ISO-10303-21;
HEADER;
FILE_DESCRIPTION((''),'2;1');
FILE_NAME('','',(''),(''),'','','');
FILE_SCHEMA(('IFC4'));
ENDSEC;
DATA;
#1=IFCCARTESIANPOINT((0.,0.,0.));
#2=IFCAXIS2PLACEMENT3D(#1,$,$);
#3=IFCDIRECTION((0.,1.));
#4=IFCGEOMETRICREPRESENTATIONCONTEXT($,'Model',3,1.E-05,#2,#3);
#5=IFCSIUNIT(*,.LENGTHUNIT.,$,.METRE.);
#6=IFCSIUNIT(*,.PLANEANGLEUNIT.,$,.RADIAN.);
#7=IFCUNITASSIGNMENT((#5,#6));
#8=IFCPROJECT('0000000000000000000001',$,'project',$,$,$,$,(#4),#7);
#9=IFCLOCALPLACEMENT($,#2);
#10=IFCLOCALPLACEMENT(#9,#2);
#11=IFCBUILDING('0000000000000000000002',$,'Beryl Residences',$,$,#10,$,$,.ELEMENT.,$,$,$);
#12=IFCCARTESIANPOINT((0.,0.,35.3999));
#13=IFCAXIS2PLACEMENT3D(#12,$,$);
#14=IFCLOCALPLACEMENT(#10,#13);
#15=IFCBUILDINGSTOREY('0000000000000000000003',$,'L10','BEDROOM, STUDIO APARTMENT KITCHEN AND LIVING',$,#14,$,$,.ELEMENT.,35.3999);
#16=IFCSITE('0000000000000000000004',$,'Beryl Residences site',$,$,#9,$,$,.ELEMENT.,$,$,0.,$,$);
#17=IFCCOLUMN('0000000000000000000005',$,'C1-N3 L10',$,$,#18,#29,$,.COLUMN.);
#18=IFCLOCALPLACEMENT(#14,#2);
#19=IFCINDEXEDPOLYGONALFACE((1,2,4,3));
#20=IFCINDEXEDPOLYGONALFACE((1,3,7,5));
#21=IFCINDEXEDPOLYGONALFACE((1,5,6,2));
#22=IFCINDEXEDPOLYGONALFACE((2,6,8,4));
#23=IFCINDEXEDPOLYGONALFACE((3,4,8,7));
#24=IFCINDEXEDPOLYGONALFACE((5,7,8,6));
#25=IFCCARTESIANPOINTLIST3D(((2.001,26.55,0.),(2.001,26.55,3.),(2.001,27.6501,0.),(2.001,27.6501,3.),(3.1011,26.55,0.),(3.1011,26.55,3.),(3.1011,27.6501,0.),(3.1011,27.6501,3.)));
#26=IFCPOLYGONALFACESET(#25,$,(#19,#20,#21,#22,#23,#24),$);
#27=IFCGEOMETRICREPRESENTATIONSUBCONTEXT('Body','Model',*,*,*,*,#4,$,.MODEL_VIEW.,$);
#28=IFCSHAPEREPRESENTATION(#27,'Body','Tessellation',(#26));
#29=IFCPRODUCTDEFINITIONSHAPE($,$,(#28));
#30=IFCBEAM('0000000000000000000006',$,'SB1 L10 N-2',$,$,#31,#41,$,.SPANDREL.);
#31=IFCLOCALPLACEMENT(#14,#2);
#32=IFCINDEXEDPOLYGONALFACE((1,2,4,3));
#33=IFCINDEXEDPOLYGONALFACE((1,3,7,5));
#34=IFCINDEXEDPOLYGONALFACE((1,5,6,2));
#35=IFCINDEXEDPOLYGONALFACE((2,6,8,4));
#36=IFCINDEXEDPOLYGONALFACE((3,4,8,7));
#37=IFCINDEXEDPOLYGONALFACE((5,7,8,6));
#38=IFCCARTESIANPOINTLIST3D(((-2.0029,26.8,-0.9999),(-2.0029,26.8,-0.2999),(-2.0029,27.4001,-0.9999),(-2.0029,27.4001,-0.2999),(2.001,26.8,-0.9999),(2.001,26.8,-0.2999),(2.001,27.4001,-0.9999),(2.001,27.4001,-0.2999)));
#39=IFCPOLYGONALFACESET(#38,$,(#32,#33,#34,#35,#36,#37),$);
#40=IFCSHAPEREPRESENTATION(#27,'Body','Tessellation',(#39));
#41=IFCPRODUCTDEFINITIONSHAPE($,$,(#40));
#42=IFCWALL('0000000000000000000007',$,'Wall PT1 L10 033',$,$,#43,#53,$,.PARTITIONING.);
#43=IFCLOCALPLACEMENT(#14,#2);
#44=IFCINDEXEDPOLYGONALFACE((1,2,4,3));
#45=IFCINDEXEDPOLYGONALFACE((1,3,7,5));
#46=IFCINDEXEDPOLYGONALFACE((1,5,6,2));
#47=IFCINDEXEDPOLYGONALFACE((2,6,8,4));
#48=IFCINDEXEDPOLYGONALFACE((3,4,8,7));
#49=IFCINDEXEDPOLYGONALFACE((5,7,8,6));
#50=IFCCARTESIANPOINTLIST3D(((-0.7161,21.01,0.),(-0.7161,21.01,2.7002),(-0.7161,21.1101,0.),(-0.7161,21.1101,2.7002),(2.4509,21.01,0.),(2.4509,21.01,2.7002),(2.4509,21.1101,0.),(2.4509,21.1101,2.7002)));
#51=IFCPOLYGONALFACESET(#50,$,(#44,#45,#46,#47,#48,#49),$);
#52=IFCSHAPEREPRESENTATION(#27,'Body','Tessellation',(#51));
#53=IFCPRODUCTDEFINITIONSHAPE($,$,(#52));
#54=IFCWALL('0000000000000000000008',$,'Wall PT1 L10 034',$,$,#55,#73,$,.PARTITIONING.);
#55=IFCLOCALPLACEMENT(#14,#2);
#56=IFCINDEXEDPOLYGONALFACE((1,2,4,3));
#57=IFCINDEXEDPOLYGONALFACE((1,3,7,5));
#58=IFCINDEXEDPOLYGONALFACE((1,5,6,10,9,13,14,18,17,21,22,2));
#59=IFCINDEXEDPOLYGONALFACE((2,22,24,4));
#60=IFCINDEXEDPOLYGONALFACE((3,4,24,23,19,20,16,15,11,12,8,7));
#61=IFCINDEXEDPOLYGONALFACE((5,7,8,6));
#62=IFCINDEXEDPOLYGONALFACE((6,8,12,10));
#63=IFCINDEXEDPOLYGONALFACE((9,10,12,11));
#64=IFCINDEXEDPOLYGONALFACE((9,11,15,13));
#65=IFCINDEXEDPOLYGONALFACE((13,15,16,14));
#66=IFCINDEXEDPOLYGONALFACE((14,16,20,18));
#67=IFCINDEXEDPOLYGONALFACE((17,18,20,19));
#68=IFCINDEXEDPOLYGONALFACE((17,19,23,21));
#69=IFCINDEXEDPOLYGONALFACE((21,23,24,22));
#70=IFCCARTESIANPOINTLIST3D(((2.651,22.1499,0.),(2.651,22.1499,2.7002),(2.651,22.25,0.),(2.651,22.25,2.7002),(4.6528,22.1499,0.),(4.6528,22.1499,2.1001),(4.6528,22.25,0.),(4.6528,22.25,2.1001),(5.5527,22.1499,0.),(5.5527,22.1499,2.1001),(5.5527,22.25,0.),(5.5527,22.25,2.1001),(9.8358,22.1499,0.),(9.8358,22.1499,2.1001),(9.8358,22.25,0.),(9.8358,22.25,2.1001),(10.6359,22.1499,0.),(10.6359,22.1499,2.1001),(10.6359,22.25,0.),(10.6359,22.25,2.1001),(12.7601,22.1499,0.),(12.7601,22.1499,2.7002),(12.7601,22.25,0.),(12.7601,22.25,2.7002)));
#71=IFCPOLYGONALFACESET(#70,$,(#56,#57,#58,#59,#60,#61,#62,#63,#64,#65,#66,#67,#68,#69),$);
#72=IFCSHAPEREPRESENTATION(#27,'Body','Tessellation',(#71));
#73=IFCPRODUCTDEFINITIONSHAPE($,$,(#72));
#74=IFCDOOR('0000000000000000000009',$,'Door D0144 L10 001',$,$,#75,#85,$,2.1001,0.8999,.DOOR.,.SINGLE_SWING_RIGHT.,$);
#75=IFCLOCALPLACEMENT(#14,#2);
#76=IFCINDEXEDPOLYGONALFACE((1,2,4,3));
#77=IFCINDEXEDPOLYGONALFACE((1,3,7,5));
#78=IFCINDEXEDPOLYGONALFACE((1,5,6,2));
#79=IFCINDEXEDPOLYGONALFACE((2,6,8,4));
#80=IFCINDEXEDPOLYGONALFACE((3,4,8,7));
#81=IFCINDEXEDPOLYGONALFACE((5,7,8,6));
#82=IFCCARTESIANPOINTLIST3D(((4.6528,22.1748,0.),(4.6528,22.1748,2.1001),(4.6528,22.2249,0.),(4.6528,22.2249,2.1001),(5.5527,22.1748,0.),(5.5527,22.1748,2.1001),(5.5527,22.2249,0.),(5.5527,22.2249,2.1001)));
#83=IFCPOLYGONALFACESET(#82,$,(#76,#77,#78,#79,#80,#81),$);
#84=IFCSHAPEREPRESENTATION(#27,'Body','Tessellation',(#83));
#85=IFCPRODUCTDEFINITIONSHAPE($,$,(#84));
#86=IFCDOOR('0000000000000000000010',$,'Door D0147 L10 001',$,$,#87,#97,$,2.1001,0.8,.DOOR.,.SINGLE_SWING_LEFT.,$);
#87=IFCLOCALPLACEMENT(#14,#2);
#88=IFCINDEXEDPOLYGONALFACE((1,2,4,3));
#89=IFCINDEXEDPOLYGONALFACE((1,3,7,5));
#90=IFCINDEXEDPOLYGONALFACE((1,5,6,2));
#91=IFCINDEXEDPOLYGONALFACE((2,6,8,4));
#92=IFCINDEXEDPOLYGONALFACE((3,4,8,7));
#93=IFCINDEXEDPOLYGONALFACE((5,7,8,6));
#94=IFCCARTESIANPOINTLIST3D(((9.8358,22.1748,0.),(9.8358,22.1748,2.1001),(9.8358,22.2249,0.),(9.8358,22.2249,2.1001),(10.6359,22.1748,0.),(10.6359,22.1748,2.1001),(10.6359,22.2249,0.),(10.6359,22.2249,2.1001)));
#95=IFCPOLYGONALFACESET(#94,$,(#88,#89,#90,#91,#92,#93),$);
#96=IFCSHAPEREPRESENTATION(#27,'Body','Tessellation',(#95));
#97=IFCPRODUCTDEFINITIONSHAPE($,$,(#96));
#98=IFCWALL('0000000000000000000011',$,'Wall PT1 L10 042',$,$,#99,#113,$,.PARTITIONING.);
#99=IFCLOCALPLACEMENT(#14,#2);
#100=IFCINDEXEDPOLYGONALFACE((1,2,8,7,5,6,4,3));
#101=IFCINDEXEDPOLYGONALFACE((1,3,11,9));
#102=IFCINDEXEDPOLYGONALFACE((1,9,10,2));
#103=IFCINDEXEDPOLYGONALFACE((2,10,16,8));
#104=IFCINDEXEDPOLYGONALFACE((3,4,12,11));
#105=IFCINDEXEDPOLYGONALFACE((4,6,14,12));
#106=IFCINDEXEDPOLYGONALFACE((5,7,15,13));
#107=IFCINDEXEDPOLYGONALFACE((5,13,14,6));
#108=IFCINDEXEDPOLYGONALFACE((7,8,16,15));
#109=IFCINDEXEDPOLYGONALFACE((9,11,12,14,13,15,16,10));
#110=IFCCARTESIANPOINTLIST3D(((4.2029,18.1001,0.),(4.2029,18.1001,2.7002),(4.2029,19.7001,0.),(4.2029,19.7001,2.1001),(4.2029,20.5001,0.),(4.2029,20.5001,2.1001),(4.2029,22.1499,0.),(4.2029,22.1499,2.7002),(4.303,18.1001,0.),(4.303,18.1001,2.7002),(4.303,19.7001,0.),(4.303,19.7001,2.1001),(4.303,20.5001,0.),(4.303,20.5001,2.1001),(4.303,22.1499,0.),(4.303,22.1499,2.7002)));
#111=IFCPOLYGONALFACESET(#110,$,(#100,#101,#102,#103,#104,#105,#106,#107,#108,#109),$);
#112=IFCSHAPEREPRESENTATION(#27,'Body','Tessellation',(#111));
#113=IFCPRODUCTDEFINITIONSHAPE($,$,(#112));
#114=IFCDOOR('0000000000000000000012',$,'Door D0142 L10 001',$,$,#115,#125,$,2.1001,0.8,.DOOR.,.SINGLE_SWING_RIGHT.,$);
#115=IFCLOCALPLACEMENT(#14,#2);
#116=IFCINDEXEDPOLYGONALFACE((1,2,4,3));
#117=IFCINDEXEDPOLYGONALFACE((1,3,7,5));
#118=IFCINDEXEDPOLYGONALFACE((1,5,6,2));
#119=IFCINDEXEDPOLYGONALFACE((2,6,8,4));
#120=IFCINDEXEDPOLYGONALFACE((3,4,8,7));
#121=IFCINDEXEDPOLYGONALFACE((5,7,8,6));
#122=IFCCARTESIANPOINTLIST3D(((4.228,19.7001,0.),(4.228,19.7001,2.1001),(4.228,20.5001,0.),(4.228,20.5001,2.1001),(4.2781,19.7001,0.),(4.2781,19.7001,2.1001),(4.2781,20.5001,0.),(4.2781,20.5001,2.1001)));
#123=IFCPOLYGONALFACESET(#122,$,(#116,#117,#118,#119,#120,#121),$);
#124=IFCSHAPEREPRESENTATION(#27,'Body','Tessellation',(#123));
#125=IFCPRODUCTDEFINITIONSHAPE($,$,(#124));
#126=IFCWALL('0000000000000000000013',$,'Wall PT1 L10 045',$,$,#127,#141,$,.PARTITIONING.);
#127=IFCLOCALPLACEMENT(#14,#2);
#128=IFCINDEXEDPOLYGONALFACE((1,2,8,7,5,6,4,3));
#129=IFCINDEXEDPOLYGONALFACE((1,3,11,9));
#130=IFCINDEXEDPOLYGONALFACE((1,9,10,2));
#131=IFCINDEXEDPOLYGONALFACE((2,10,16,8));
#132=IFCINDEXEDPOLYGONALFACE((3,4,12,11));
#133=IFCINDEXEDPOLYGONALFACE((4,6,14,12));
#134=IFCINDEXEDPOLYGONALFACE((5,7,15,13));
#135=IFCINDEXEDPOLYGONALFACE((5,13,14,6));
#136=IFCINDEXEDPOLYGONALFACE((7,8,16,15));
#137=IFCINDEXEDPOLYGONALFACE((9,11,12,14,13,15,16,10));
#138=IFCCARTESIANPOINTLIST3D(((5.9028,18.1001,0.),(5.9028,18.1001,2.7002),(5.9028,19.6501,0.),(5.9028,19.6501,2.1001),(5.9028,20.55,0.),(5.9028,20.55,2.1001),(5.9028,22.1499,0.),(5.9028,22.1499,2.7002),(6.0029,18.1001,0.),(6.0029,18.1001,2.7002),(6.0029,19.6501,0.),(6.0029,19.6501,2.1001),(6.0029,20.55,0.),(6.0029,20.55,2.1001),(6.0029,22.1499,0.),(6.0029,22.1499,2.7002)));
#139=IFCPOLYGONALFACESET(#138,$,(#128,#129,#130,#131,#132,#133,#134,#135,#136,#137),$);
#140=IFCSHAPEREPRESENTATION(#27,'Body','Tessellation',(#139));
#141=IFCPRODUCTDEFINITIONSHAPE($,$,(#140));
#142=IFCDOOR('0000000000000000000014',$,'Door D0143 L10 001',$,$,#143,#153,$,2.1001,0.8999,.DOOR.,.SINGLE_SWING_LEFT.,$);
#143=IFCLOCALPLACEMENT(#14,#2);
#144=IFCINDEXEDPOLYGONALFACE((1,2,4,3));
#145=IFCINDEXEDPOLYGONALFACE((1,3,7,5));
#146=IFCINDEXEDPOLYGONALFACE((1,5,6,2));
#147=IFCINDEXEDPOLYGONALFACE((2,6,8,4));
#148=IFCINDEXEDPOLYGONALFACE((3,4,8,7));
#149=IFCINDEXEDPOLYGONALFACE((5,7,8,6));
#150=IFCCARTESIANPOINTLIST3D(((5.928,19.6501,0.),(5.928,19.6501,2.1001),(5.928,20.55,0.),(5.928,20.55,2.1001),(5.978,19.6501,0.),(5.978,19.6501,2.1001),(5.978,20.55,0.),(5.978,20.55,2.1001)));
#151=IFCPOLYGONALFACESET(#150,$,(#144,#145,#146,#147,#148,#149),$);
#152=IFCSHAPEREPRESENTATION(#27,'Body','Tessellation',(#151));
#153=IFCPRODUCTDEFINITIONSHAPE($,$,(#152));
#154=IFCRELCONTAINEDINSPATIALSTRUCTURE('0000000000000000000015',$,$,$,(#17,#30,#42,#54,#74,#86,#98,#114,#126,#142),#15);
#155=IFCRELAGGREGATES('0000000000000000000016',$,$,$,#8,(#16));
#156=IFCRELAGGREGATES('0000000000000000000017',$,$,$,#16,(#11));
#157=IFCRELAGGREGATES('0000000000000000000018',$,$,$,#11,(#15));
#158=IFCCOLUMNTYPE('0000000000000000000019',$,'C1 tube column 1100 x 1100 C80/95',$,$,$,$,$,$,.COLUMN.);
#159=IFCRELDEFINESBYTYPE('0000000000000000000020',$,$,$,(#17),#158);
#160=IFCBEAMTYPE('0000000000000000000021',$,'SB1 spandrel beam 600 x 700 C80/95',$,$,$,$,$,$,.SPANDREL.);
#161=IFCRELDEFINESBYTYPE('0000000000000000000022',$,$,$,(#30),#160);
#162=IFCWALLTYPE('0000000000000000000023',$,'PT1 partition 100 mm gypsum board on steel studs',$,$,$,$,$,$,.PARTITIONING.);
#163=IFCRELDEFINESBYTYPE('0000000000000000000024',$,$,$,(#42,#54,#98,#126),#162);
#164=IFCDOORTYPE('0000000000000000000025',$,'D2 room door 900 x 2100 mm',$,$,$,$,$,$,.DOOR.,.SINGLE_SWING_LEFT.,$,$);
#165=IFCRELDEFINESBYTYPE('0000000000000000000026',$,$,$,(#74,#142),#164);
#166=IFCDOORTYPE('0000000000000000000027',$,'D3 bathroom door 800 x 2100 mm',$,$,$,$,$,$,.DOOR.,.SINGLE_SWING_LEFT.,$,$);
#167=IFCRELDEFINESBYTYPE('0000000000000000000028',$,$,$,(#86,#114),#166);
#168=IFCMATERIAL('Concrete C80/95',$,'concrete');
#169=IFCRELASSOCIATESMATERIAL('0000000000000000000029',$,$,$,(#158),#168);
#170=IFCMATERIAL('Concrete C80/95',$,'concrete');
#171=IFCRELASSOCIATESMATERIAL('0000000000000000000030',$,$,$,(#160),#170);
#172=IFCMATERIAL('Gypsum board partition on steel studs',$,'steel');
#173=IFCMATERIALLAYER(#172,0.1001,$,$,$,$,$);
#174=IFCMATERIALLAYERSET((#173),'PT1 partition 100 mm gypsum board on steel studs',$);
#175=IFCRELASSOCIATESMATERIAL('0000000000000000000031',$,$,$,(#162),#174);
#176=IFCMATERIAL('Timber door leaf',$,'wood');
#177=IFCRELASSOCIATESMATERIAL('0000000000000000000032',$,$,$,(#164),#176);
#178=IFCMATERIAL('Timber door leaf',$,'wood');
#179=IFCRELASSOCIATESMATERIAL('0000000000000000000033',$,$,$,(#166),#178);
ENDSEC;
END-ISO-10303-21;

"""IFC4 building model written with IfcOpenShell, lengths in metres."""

from ifc_helpers import new_model, si_unit, direction, frame, frame_2d, origin, origin_2d, place, context, subcontext, project, spatial, rectangle, extrude, material, layer, layer_set, material_profile, profile_set, type_object, element, fill, save


model = new_model("IFC4")

# Units and contexts
model_context = context("Model", 3, precision=1e-05, world=origin(), true_north=direction((0.0, 1.0)))
body_context = subcontext(model_context, "Body", "Model", "MODEL_VIEW")
ifc_project = project(units=[si_unit("LENGTHUNIT", "METRE"), si_unit("PLANEANGLEUNIT", "RADIAN")], contexts=[model_context])

# Site, building, storey
site_placement = place(None, origin())
site = spatial("IfcSite", under=ifc_project, at=site_placement, Name="Beryl Residences site", CompositionType="ELEMENT", RefElevation=0.0)
building_placement = place(site_placement, origin())
building = spatial("IfcBuilding", under=site, at=building_placement, Name="Beryl Residences", CompositionType="ELEMENT")
storey_placement = place(building_placement, frame((0.0, 0.0, 35.3999)))
storey = spatial("IfcBuildingStorey", under=building, at=storey_placement, Name="L10", Description="BEDROOM, STUDIO APARTMENT KITCHEN AND LIVING", CompositionType="ELEMENT", Elevation=35.3999)

# Column
ifc_material_1 = material(Name="Concrete C80/95", Category="concrete")
ifc_material_profile_1 = material_profile(ifc_material_1, rectangle(XDim=1.1001, YDim=1.1001, at=origin_2d()))
ifc_profile_set_1 = profile_set([ifc_material_profile_1], Name="Concrete C80/95")
column_type = type_object("IfcColumnType", Name="C1 tube column 1100 x 1100 C80/95", PredefinedType="COLUMN", material=ifc_profile_set_1)
column_placement = place(storey_placement, frame((2.551, 27.1001, 0.0), z_axis=(0.0, 0.0, 1.0), x_axis=(-1.0, 0.0, 0.0)))
element("IfcColumn", 1, at=column_placement, inside=storey, type_object=column_type, Name="C1-N3 L10", PredefinedType="COLUMN", context=body_context, shape_type="SweptSolid", body=[
    extrude(rectangle(XDim=1.1001, YDim=1.1001, at=origin_2d()), origin(), (0.0, 0.0, 1.0), 3.0),
])

# Beam
ifc_material_2 = material(Name="Concrete C80/95", Category="concrete")
ifc_material_profile_2 = material_profile(ifc_material_2, rectangle(XDim=0.6001, YDim=0.7, at=origin_2d()))
ifc_profile_set_2 = profile_set([ifc_material_profile_2], Name="Concrete C80/95")
beam_type = type_object("IfcBeamType", Name="SB1 spandrel beam 600 x 700 C80/95", PredefinedType="SPANDREL", material=ifc_profile_set_2)
beam_placement = place(storey_placement, frame((2.001, 27.1001, -0.6499), z_axis=(-1.0, 0.0, 0.0), x_axis=(0.0, -1.0, 0.0)))
element("IfcBeam", 2, at=beam_placement, inside=storey, type_object=beam_type, Name="SB1 L10 N-2", PredefinedType="SPANDREL", context=body_context, shape_type="SweptSolid", body=[
    extrude(rectangle(XDim=0.6001, YDim=0.7, at=origin_2d()), origin(), (0.0, 0.0, 1.0), 4.0039),
])

# Wall
ifc_material_3 = material(Name="Gypsum board partition on steel studs", Category="steel")
ifc_layer_1 = layer(ifc_material_3, 0.1001)
ifc_layer_set_1 = layer_set([ifc_layer_1], Name="PT1 partition 100 mm gypsum board on steel studs")
wall_type_1 = type_object("IfcWallType", Name="PT1 partition 100 mm gypsum board on steel studs", PredefinedType="PARTITIONING", material=ifc_layer_set_1)
wall_1_placement = place(storey_placement, frame((-0.7161, 21.0601, 0.0), z_axis=(0.0, 0.0, 1.0), x_axis=(1.0, 0.0, 0.0)))
element("IfcWall", 3, at=wall_1_placement, inside=storey, type_object=wall_type_1, Name="Wall PT1 L10 033", PredefinedType="PARTITIONING", context=body_context, shape_type="SweptSolid", body=[
    extrude(rectangle(XDim=3.167, YDim=0.1001, at=frame_2d((1.5835, 0.0))), origin(), (0.0, 0.0, 1.0), 2.7002),
])

# Wall, openings, doors
wall_2_placement = place(storey_placement, frame((2.6509, 22.2, 0.0), z_axis=(0.0, 0.0, 1.0), x_axis=(1.0, 0.0, 0.0)))
wall_2 = element("IfcWall", 4, at=wall_2_placement, inside=storey, type_object=wall_type_1, Name="Wall PT1 L10 034", PredefinedType="PARTITIONING", context=body_context, shape_type="SweptSolid", body=[
    extrude(rectangle(XDim=10.1091, YDim=0.1001, at=frame_2d((5.0547, 0.0))), origin(), (0.0, 0.0, 1.0), 2.7002),
])
opening_1_placement = place(wall_2_placement, frame((2.002, 0.0, 0.0)))
opening_1 = element("IfcOpeningElement", 5, at=opening_1_placement, cuts=wall_2, PredefinedType="OPENING", context=body_context, shape_type="SweptSolid", body=[
    extrude(rectangle(XDim=0.8999, YDim=2.1001, at=frame_2d((0.45, 1.05))), frame((0.0, 0.0601, 0.0), z_axis=(0.0, -1.0, 0.0), x_axis=(1.0, 0.0, 0.0)), (0.0, 0.0, 1.0), 0.1201),
])
opening_2_placement = place(wall_2_placement, frame((7.1851, 0.0, 0.0)))
opening_2 = element("IfcOpeningElement", 6, at=opening_2_placement, cuts=wall_2, PredefinedType="OPENING", context=body_context, shape_type="SweptSolid", body=[
    extrude(rectangle(XDim=0.8, YDim=2.1001, at=frame_2d((0.3999, 1.05))), frame((0.0, 0.0601, 0.0), z_axis=(0.0, -1.0, 0.0), x_axis=(1.0, 0.0, 0.0)), (0.0, 0.0, 1.0), 0.1201),
])
ifc_material_4 = material(Name="Timber door leaf", Category="wood")
door_type_1 = type_object("IfcDoorType", Name="D2 room door 900 x 2100 mm", OperationType="SINGLE_SWING_LEFT", PredefinedType="DOOR", material=ifc_material_4)
door_1_placement = place(opening_1_placement, origin())
door_1 = element("IfcDoor", 7, at=door_1_placement, inside=storey, type_object=door_type_1, Name="Door D0144 L10 001", OperationType="SINGLE_SWING_RIGHT", OverallHeight=2.1001, OverallWidth=0.8999, PredefinedType="DOOR", context=body_context, shape_type="SweptSolid", body=[
    extrude(rectangle(XDim=0.8999, YDim=2.1001, at=frame_2d((0.45, 1.05))), frame((0.0, 0.0249, 0.0), z_axis=(0.0, -1.0, 0.0), x_axis=(1.0, 0.0, 0.0)), (0.0, 0.0, 1.0), 0.05),
])
fill(opening_1, door_1)
ifc_material_5 = material(Name="Timber door leaf", Category="wood")
door_type_2 = type_object("IfcDoorType", Name="D3 bathroom door 800 x 2100 mm", OperationType="SINGLE_SWING_LEFT", PredefinedType="DOOR", material=ifc_material_5)
door_2_placement = place(opening_2_placement, origin())
door_2 = element("IfcDoor", 8, at=door_2_placement, inside=storey, type_object=door_type_2, Name="Door D0147 L10 001", OperationType="SINGLE_SWING_LEFT", OverallHeight=2.1001, OverallWidth=0.8, PredefinedType="DOOR", context=body_context, shape_type="SweptSolid", body=[
    extrude(rectangle(XDim=0.8, YDim=2.1001, at=frame_2d((0.3999, 1.05))), frame((0.0, 0.0249, 0.0), z_axis=(0.0, -1.0, 0.0), x_axis=(1.0, 0.0, 0.0)), (0.0, 0.0, 1.0), 0.05),
])
fill(opening_2, door_2)

# Walls, openings, doors
wall_3_placement = place(storey_placement, frame((4.2529, 18.1001, 0.0), z_axis=(0.0, 0.0, 1.0), x_axis=(0.0, 1.0, 0.0)))
wall_3 = element("IfcWall", 9, at=wall_3_placement, inside=storey, type_object=wall_type_1, Name="Wall PT1 L10 042", PredefinedType="PARTITIONING", context=body_context, shape_type="SweptSolid", body=[
    extrude(rectangle(XDim=4.0498, YDim=0.1001, at=frame_2d((2.0249, 0.0))), origin(), (0.0, 0.0, 1.0), 2.7002),
])
opening_3_placement = place(wall_3_placement, frame((1.6001, 0.0, 0.0)))
opening_3 = element("IfcOpeningElement", 10, at=opening_3_placement, cuts=wall_3, PredefinedType="OPENING", context=body_context, shape_type="SweptSolid", body=[
    extrude(rectangle(XDim=0.8, YDim=2.1001, at=frame_2d((0.3999, 1.05))), frame((0.0, 0.0601, 0.0), z_axis=(0.0, -1.0, 0.0), x_axis=(1.0, 0.0, 0.0)), (0.0, 0.0, 1.0), 0.1201),
])
door_3_placement = place(opening_3_placement, origin())
door_3 = element("IfcDoor", 11, at=door_3_placement, inside=storey, type_object=door_type_2, Name="Door D0142 L10 001", OperationType="SINGLE_SWING_RIGHT", OverallHeight=2.1001, OverallWidth=0.8, PredefinedType="DOOR", context=body_context, shape_type="SweptSolid", body=[
    extrude(rectangle(XDim=0.8, YDim=2.1001, at=frame_2d((0.3999, 1.05))), frame((0.0, 0.0249, 0.0), z_axis=(0.0, -1.0, 0.0), x_axis=(1.0, 0.0, 0.0)), (0.0, 0.0, 1.0), 0.05),
])
fill(opening_3, door_3)
wall_4_placement = place(storey_placement, frame((5.9529, 18.1001, 0.0), z_axis=(0.0, 0.0, 1.0), x_axis=(0.0, 1.0, 0.0)))
wall_4 = element("IfcWall", 12, at=wall_4_placement, inside=storey, type_object=wall_type_1, Name="Wall PT1 L10 045", PredefinedType="PARTITIONING", context=body_context, shape_type="SweptSolid", body=[
    extrude(rectangle(XDim=4.0498, YDim=0.1001, at=frame_2d((2.0249, 0.0))), origin(), (0.0, 0.0, 1.0), 2.7002),
])
opening_4_placement = place(wall_4_placement, frame((1.55, 0.0, 0.0)))
opening_4 = element("IfcOpeningElement", 13, at=opening_4_placement, cuts=wall_4, PredefinedType="OPENING", context=body_context, shape_type="SweptSolid", body=[
    extrude(rectangle(XDim=0.8999, YDim=2.1001, at=frame_2d((0.45, 1.05))), frame((0.0, 0.0601, 0.0), z_axis=(0.0, -1.0, 0.0), x_axis=(1.0, 0.0, 0.0)), (0.0, 0.0, 1.0), 0.1201),
])
door_4_placement = place(opening_4_placement, origin())
door_4 = element("IfcDoor", 14, at=door_4_placement, inside=storey, type_object=door_type_1, Name="Door D0143 L10 001", OperationType="SINGLE_SWING_LEFT", OverallHeight=2.1001, OverallWidth=0.8999, PredefinedType="DOOR", context=body_context, shape_type="SweptSolid", body=[
    extrude(rectangle(XDim=0.8999, YDim=2.1001, at=frame_2d((0.45, 1.05))), frame((0.0, 0.0249, 0.0), z_axis=(0.0, -1.0, 0.0), x_axis=(1.0, 0.0, 0.0)), (0.0, 0.0, 1.0), 0.05),
])
fill(opening_4, door_4)

save(model, "model.ifc")
